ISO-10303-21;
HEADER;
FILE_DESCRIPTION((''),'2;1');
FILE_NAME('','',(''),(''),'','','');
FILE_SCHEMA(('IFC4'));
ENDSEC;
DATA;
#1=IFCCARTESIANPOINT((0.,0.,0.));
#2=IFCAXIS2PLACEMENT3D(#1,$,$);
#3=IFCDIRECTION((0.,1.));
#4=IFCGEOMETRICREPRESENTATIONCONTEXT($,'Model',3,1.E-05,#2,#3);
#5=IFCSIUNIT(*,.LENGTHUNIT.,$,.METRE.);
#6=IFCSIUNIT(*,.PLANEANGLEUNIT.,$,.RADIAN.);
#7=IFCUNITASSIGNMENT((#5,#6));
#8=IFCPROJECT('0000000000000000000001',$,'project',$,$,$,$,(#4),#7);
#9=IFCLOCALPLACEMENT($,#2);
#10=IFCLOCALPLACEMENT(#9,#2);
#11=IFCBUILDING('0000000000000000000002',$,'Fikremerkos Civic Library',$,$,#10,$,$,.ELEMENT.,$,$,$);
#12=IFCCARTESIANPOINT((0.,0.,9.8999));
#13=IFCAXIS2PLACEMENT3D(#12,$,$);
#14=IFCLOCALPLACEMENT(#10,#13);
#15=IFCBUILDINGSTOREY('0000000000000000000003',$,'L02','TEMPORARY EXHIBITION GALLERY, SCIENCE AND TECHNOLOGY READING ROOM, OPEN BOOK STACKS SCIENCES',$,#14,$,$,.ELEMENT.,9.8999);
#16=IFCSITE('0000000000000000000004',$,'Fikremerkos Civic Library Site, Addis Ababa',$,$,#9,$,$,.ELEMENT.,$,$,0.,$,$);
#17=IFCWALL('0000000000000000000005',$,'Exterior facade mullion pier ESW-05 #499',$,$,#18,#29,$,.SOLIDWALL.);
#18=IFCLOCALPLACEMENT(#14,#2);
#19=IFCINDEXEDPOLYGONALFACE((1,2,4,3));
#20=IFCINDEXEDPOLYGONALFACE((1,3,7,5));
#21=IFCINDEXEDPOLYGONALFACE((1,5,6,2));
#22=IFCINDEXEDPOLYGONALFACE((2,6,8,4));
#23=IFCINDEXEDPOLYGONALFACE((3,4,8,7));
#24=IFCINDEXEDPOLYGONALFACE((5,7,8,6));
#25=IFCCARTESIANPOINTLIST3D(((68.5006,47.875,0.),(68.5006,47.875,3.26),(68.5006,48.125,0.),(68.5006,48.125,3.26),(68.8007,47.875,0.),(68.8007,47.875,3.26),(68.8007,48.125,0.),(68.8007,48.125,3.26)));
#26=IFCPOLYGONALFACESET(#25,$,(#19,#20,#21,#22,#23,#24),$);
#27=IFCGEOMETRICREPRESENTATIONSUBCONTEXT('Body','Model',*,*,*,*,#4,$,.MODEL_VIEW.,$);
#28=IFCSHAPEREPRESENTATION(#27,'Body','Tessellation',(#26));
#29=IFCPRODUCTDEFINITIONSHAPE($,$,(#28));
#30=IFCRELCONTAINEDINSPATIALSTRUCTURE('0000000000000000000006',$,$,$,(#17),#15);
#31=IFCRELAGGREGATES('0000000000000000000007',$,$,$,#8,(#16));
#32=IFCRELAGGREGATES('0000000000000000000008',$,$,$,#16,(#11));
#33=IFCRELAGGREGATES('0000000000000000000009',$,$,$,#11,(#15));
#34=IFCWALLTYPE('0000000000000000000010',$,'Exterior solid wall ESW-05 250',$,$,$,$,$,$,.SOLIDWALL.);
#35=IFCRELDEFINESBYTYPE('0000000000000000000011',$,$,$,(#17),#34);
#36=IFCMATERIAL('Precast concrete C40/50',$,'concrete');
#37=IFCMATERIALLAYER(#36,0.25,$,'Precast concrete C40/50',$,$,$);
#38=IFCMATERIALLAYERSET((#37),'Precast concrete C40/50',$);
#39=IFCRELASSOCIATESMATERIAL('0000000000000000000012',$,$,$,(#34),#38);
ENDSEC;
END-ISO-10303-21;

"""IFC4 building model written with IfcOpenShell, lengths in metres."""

from ifc_helpers import new_model, si_unit, direction, frame, frame_2d, origin, place, context, subcontext, project, spatial, rectangle, extrude, material, layer, layer_set, type_object, element, save


model = new_model("IFC4")

# Units and contexts
model_context = context("Model", 3, precision=1e-05, world=origin(), true_north=direction((0.0, 1.0)))
body_context = subcontext(model_context, "Body", "Model", "MODEL_VIEW")
ifc_project = project(units=[si_unit("LENGTHUNIT", "METRE"), si_unit("PLANEANGLEUNIT", "RADIAN")], contexts=[model_context])

# Site, building, storey
site_placement = place(None, origin())
site = spatial("IfcSite", under=ifc_project, at=site_placement, Name="Fikremerkos Civic Library Site, Addis Ababa", CompositionType="ELEMENT", RefElevation=0.0)
building_placement = place(site_placement, origin())
building = spatial("IfcBuilding", under=site, at=building_placement, Name="Fikremerkos Civic Library", CompositionType="ELEMENT")
storey_placement = place(building_placement, frame((0.0, 0.0, 9.8999)))
storey = spatial("IfcBuildingStorey", under=building, at=storey_placement, Name="L02", Description="TEMPORARY EXHIBITION GALLERY, SCIENCE AND TECHNOLOGY READING ROOM, OPEN BOOK STACKS SCIENCES", CompositionType="ELEMENT", Elevation=9.8999)

# Wall
ifc_material_1 = material(Name="Precast concrete C40/50", Category="concrete")
ifc_layer_1 = layer(ifc_material_1, 0.25, Name="Precast concrete C40/50")
ifc_layer_set_1 = layer_set([ifc_layer_1], Name="Precast concrete C40/50")
wall_type = type_object("IfcWallType", Name="Exterior solid wall ESW-05 250", PredefinedType="SOLIDWALL", material=ifc_layer_set_1)
wall_placement = place(storey_placement, frame((68.5007, 48.0, 0.0), z_axis=(0.0, 0.0, 1.0), x_axis=(1.0, 0.0, 0.0)))
element("IfcWall", 1, at=wall_placement, inside=storey, type_object=wall_type, Name="Exterior facade mullion pier ESW-05 #499", PredefinedType="SOLIDWALL", context=body_context, shape_type="SweptSolid", body=[
    extrude(rectangle(XDim=0.3, YDim=0.25, at=frame_2d((0.1499, 0.0))), origin(), (0.0, 0.0, 1.0), 3.26),
])

save(model, "model.ifc")
